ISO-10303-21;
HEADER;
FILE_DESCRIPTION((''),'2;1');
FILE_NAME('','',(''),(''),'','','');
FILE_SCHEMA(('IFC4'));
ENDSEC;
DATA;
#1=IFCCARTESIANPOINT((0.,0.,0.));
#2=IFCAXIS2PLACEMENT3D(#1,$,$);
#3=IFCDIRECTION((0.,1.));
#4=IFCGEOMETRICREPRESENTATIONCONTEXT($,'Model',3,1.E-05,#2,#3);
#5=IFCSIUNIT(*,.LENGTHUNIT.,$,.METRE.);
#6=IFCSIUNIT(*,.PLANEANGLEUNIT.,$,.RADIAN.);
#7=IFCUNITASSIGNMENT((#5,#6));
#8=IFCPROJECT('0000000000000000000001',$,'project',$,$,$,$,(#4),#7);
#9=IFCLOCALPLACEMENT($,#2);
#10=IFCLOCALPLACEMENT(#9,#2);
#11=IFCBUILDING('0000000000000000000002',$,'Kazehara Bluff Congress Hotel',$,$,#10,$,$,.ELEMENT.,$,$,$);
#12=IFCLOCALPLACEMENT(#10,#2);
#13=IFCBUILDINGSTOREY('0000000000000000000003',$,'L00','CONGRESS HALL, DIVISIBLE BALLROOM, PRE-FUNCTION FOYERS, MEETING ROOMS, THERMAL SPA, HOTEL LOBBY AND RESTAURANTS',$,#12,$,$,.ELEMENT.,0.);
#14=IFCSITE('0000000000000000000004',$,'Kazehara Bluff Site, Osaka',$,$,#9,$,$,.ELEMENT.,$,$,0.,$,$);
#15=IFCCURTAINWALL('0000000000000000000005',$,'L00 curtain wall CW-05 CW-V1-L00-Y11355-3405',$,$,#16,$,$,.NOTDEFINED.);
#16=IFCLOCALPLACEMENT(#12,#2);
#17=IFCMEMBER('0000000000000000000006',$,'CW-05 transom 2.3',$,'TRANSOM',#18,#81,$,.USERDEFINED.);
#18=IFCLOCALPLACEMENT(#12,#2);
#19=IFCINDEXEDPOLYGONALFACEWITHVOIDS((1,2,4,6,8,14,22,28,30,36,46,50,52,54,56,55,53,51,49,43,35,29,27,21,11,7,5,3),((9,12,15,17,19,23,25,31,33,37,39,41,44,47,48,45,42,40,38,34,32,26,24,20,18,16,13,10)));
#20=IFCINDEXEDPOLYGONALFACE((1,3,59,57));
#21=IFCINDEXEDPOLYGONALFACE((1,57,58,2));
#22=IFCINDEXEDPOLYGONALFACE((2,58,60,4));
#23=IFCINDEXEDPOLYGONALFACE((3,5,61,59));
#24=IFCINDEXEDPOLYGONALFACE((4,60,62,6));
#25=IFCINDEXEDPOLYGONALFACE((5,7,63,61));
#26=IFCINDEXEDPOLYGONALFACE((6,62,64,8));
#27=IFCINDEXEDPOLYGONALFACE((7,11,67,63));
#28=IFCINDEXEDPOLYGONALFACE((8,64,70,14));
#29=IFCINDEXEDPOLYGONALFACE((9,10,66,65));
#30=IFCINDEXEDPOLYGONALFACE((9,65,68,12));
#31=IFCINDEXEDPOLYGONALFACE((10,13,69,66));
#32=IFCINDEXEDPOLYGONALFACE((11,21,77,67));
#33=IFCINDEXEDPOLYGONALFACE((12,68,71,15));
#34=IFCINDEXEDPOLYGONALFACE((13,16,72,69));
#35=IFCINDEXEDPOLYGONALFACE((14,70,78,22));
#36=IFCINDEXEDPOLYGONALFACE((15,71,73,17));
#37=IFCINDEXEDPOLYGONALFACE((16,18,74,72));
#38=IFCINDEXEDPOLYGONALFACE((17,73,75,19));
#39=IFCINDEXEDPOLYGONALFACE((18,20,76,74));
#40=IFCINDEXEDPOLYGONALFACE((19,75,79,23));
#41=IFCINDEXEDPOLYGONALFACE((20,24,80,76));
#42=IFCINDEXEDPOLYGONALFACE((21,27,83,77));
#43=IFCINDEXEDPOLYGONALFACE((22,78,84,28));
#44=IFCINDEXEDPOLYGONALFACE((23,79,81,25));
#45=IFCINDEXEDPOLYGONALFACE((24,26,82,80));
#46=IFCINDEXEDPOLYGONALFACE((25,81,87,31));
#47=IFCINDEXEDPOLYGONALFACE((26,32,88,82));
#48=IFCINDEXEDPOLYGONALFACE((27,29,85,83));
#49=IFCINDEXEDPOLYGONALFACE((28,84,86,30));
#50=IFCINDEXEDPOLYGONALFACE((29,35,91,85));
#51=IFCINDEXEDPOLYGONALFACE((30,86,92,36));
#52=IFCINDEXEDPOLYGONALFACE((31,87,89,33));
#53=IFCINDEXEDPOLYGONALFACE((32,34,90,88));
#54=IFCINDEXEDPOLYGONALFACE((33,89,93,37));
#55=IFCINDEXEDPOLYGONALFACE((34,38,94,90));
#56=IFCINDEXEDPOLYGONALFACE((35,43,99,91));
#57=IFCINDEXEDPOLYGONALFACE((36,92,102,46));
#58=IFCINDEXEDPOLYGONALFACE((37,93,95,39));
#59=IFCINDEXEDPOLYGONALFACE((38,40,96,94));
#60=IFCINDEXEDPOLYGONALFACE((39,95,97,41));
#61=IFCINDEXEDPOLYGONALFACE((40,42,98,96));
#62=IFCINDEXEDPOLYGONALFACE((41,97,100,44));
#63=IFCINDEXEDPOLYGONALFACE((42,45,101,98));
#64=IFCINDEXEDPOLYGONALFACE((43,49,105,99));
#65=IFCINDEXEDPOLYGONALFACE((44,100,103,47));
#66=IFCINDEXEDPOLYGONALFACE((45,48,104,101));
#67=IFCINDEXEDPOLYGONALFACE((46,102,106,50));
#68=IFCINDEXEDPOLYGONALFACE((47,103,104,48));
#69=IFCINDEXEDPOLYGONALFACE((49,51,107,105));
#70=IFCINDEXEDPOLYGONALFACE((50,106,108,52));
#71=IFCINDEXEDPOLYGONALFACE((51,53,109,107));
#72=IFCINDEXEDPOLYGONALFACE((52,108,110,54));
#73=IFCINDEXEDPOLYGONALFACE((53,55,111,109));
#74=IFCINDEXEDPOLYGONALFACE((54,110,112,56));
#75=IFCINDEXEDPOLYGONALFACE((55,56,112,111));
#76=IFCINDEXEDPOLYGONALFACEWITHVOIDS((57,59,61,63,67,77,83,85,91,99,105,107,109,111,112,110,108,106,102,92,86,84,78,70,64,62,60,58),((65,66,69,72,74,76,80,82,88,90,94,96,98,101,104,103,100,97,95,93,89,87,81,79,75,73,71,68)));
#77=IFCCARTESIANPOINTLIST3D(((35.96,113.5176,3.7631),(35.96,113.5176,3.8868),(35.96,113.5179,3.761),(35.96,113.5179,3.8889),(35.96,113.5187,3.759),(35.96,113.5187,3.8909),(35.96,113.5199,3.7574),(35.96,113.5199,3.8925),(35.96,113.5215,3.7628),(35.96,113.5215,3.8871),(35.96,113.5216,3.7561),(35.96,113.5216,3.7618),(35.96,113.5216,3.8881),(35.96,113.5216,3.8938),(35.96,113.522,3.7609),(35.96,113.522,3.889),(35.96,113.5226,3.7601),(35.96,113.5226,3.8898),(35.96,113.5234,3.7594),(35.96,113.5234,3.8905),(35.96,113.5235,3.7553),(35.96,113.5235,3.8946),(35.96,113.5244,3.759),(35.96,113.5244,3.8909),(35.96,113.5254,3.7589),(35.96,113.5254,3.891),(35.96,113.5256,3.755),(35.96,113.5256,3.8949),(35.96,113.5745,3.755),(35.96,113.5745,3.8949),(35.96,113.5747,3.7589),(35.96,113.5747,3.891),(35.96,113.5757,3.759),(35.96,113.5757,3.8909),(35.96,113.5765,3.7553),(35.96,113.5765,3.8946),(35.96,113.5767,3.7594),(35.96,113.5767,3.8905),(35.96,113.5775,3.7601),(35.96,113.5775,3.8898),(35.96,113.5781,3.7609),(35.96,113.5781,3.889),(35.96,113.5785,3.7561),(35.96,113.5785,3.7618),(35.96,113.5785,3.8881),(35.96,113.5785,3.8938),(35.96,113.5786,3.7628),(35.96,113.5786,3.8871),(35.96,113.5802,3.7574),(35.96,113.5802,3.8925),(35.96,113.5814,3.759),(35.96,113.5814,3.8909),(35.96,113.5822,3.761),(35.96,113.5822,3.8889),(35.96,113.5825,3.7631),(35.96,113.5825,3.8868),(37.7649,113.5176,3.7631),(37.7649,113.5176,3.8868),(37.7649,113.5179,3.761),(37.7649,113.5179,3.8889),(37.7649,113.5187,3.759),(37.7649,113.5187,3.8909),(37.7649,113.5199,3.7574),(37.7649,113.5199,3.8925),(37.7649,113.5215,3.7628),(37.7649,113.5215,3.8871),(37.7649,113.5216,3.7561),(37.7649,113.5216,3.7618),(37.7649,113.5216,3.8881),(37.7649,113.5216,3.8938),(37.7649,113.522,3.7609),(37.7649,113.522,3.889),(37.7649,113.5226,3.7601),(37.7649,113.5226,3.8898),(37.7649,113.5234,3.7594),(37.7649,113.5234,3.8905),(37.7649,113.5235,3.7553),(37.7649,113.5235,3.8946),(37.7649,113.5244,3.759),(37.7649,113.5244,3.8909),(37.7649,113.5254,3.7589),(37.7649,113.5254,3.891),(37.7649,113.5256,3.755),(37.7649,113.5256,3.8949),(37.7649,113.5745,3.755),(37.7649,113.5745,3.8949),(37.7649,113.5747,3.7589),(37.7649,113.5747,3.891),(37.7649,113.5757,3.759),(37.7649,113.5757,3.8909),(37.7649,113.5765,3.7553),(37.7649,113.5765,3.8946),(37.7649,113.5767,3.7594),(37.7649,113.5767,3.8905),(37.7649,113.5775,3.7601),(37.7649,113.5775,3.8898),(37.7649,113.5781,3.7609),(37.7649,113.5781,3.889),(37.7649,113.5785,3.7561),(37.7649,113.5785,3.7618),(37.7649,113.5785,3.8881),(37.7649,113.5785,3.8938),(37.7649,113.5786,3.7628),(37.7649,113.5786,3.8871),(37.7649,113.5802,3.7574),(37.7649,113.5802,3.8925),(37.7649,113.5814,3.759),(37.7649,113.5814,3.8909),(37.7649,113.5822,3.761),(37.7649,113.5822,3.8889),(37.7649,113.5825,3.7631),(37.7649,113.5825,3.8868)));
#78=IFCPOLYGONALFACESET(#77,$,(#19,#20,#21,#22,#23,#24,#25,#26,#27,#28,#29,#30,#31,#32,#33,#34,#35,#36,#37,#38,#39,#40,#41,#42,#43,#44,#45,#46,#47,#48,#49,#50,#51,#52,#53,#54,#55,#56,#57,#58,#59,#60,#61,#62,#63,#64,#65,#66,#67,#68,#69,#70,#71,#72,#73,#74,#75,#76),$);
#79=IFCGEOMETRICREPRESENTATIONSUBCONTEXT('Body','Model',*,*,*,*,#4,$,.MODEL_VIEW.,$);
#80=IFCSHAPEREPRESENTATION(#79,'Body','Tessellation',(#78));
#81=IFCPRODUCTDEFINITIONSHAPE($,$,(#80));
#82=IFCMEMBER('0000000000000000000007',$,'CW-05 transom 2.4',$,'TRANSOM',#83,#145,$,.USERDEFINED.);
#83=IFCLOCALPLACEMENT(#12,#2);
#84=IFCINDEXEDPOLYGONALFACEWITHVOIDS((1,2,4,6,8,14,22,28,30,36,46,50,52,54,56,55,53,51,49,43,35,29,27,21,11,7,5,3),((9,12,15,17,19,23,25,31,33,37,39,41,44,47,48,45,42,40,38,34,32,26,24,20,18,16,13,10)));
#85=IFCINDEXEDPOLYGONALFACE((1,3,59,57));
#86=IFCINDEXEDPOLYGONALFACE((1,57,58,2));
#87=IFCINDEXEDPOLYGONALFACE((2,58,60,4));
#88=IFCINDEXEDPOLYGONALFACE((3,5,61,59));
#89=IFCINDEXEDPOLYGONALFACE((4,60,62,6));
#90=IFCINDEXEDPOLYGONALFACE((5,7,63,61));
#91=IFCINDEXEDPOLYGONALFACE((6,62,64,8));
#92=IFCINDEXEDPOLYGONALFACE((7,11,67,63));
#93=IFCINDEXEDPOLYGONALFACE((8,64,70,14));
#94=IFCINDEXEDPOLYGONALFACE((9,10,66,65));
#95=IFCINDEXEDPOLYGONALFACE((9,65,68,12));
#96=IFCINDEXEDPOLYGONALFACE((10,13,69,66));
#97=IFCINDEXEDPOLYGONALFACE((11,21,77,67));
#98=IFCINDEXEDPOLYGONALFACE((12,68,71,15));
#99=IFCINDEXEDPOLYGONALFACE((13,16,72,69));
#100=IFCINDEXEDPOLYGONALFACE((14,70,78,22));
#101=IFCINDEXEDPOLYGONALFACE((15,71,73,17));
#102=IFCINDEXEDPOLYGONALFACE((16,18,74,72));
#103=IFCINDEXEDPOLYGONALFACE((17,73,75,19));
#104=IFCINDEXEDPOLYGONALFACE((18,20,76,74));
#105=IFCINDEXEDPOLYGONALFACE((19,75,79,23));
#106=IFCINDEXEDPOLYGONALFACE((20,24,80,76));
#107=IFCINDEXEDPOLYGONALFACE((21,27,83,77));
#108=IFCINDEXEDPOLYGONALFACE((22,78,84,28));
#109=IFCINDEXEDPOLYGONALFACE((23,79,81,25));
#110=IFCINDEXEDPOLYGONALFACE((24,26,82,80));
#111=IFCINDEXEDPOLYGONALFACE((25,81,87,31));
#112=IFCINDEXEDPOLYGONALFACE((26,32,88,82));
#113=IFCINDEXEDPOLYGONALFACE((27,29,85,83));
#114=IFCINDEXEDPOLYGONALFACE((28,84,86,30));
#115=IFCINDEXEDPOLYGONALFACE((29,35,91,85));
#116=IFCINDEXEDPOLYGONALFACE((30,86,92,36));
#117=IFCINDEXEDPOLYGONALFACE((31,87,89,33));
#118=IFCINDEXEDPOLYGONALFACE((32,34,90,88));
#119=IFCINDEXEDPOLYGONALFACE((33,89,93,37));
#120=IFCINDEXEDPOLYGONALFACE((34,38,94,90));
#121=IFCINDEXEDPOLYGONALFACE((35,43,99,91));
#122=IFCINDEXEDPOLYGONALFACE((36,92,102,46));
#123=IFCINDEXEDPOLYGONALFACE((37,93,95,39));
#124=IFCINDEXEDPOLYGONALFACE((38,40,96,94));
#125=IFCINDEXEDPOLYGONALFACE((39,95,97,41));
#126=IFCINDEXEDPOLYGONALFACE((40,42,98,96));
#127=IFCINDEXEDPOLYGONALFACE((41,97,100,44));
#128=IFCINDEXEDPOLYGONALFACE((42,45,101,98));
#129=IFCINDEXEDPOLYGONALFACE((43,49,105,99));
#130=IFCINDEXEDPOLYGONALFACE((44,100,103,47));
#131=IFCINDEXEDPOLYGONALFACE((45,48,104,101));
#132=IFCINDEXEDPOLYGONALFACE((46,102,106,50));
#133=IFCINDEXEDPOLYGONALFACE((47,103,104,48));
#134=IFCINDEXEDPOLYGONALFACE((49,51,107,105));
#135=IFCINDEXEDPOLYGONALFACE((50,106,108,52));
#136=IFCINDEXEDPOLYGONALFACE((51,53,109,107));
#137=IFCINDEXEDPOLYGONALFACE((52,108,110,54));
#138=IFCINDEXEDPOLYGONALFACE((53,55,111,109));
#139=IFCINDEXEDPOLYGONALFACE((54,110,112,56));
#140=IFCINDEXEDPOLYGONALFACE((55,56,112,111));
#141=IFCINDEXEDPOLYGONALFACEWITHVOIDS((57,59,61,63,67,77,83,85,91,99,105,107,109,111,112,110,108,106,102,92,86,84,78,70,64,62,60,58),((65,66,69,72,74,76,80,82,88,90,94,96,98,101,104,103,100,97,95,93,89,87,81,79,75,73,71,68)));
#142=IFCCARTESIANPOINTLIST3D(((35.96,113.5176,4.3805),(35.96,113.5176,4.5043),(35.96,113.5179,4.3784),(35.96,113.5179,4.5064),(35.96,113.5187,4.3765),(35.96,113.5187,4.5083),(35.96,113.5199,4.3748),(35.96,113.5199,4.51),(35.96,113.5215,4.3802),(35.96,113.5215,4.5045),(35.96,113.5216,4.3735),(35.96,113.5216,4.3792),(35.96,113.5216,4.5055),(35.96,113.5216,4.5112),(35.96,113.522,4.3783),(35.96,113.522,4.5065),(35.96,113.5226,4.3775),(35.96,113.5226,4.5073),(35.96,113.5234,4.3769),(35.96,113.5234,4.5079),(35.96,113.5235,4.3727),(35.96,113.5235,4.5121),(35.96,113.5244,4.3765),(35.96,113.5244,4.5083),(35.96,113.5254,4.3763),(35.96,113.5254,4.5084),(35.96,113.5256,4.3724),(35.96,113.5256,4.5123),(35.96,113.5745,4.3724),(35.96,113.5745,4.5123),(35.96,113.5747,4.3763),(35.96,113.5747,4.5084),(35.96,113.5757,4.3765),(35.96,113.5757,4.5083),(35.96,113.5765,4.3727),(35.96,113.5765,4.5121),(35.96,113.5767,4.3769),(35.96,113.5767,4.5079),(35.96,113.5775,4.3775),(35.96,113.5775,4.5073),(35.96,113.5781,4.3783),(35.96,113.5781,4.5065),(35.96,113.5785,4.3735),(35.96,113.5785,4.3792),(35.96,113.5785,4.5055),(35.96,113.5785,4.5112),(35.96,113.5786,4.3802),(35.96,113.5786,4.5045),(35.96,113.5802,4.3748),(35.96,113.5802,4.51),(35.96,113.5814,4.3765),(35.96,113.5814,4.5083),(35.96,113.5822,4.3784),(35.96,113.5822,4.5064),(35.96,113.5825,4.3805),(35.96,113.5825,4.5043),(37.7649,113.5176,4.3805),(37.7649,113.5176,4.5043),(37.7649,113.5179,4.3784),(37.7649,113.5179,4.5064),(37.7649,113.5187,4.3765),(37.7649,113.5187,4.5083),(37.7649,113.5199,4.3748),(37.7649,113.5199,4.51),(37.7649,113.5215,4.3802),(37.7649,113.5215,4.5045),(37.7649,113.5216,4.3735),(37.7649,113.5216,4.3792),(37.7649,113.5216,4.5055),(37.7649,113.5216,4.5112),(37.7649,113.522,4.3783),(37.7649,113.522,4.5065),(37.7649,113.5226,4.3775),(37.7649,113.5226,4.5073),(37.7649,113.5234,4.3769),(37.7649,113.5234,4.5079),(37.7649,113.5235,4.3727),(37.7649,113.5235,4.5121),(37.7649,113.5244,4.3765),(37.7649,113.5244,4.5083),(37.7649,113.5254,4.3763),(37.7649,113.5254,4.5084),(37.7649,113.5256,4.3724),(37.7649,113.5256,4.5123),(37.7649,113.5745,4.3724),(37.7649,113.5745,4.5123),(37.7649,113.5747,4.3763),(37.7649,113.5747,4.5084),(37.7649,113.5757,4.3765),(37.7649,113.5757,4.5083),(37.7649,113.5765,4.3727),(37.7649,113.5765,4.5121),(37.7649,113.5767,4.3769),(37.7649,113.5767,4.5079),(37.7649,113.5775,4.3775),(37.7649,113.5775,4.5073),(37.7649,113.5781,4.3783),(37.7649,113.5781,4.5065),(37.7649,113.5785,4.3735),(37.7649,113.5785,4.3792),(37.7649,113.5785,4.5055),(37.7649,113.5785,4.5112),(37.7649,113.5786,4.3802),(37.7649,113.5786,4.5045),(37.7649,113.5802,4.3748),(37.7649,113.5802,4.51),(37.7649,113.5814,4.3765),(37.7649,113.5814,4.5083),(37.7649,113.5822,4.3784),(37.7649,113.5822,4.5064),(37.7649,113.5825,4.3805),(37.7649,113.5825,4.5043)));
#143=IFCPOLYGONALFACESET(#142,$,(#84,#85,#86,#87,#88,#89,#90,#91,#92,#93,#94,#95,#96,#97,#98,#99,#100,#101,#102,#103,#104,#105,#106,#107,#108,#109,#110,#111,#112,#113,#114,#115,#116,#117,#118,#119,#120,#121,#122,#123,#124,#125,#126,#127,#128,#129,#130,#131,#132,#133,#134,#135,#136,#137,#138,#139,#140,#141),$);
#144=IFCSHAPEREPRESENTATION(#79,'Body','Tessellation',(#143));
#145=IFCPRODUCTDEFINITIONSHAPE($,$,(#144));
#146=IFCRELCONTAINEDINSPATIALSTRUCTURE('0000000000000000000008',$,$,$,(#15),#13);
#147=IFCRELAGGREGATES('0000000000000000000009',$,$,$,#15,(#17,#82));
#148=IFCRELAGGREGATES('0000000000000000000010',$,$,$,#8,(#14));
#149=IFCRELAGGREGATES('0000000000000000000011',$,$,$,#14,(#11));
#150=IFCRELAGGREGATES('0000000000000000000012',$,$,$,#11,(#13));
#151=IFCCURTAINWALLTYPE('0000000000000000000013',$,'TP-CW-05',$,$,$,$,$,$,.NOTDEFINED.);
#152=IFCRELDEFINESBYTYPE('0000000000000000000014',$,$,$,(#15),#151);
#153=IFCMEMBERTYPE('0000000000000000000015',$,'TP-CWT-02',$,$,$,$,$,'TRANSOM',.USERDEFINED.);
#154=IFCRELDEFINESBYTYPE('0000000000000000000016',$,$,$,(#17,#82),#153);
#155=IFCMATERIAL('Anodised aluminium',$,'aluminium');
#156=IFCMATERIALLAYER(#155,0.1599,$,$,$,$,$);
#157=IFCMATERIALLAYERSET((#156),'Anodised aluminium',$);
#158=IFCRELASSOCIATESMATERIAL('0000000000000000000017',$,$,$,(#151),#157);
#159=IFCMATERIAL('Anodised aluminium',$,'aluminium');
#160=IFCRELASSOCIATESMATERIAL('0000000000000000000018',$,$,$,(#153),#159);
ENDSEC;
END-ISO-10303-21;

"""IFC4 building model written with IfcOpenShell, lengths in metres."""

from ifc_helpers import new_model, si_unit, direction, frame, origin, origin_2d, place, context, subcontext, project, spatial, hollow_rectangle, extrude, material, layer, layer_set, material_profile, profile_set, type_object, element, aggregate, save


model = new_model("IFC4")

# Units and contexts
model_context = context("Model", 3, precision=1e-05, world=origin(), true_north=direction((0.0, 1.0)))
body_context = subcontext(model_context, "Body", "Model", "MODEL_VIEW")
ifc_project = project(units=[si_unit("LENGTHUNIT", "METRE"), si_unit("PLANEANGLEUNIT", "RADIAN")], contexts=[model_context])

# Site, building, storey
site_placement = place(None, origin())
site = spatial("IfcSite", under=ifc_project, at=site_placement, Name="Kazehara Bluff Site, Osaka", CompositionType="ELEMENT", RefElevation=0.0)
building_placement = place(site_placement, origin())
building = spatial("IfcBuilding", under=site, at=building_placement, Name="Kazehara Bluff Congress Hotel", CompositionType="ELEMENT")
storey_placement = place(building_placement, origin())
storey = spatial("IfcBuildingStorey", under=building, at=storey_placement, Name="L00", Description="CONGRESS HALL, DIVISIBLE BALLROOM, PRE-FUNCTION FOYERS, MEETING ROOMS, THERMAL SPA, HOTEL LOBBY AND RESTAURANTS", CompositionType="ELEMENT", Elevation=0.0)

# Curtain wall
ifc_material_1 = material(Name="Anodised aluminium", Category="aluminium")
ifc_layer_1 = layer(ifc_material_1, 0.1599)
ifc_layer_set_1 = layer_set([ifc_layer_1], Name="Anodised aluminium")
curtain_wall_type_1 = type_object("IfcCurtainWallType", Name="TP-CW-05", PredefinedType="NOTDEFINED", material=ifc_layer_set_1)
curtain_wall_1_placement = place(storey_placement, origin())
curtain_wall_1 = element("IfcCurtainWall", 1, at=curtain_wall_1_placement, inside=storey, type_object=curtain_wall_type_1, Name="L00 curtain wall CW-05 CW-V1-L00-Y11355-3405", PredefinedType="NOTDEFINED")

# Members
ifc_material_2 = material(Name="Anodised aluminium", Category="aluminium")
ifc_material_profile_1 = material_profile(ifc_material_2, hollow_rectangle(XDim=0.0649, YDim=0.1399, WallThickness=0.0039, InnerFilletRadius=0.0039, OuterFilletRadius=0.0081, at=origin_2d()))
ifc_profile_set_1 = profile_set([ifc_material_profile_1], Name="Anodised aluminium")
member_type_1 = type_object("IfcMemberType", Name="TP-CWT-02", ElementType="TRANSOM", PredefinedType="USERDEFINED", material=ifc_profile_set_1)
member_1_placement = place(storey_placement, frame((35.96, 113.55, 3.825), z_axis=(1.0, 0.0, 0.0), x_axis=(0.0, 1.0, 0.0)))
member_1 = element("IfcMember", 2, at=member_1_placement, type_object=member_type_1, Name="CW-05 transom 2.3", ObjectType="TRANSOM", PredefinedType="USERDEFINED", context=body_context, shape_type="SweptSolid", body=[
    extrude(hollow_rectangle(XDim=0.0649, YDim=0.1399, WallThickness=0.0039, InnerFilletRadius=0.0039, OuterFilletRadius=0.0081, at=origin_2d()), origin(), (0.0, 0.0, 1.0), 1.8049),
])
member_2_placement = place(storey_placement, frame((35.96, 113.55, 4.4424), z_axis=(1.0, 0.0, 0.0), x_axis=(0.0, 1.0, 0.0)))
member_2 = element("IfcMember", 3, at=member_2_placement, type_object=member_type_1, Name="CW-05 transom 2.4", ObjectType="TRANSOM", PredefinedType="USERDEFINED", context=body_context, shape_type="SweptSolid", body=[
    extrude(hollow_rectangle(XDim=0.0649, YDim=0.1399, WallThickness=0.0039, InnerFilletRadius=0.0039, OuterFilletRadius=0.0081, at=origin_2d()), origin(), (0.0, 0.0, 1.0), 1.8049),
])

aggregate(curtain_wall_1, [member_1, member_2])

save(model, "model.ifc")
